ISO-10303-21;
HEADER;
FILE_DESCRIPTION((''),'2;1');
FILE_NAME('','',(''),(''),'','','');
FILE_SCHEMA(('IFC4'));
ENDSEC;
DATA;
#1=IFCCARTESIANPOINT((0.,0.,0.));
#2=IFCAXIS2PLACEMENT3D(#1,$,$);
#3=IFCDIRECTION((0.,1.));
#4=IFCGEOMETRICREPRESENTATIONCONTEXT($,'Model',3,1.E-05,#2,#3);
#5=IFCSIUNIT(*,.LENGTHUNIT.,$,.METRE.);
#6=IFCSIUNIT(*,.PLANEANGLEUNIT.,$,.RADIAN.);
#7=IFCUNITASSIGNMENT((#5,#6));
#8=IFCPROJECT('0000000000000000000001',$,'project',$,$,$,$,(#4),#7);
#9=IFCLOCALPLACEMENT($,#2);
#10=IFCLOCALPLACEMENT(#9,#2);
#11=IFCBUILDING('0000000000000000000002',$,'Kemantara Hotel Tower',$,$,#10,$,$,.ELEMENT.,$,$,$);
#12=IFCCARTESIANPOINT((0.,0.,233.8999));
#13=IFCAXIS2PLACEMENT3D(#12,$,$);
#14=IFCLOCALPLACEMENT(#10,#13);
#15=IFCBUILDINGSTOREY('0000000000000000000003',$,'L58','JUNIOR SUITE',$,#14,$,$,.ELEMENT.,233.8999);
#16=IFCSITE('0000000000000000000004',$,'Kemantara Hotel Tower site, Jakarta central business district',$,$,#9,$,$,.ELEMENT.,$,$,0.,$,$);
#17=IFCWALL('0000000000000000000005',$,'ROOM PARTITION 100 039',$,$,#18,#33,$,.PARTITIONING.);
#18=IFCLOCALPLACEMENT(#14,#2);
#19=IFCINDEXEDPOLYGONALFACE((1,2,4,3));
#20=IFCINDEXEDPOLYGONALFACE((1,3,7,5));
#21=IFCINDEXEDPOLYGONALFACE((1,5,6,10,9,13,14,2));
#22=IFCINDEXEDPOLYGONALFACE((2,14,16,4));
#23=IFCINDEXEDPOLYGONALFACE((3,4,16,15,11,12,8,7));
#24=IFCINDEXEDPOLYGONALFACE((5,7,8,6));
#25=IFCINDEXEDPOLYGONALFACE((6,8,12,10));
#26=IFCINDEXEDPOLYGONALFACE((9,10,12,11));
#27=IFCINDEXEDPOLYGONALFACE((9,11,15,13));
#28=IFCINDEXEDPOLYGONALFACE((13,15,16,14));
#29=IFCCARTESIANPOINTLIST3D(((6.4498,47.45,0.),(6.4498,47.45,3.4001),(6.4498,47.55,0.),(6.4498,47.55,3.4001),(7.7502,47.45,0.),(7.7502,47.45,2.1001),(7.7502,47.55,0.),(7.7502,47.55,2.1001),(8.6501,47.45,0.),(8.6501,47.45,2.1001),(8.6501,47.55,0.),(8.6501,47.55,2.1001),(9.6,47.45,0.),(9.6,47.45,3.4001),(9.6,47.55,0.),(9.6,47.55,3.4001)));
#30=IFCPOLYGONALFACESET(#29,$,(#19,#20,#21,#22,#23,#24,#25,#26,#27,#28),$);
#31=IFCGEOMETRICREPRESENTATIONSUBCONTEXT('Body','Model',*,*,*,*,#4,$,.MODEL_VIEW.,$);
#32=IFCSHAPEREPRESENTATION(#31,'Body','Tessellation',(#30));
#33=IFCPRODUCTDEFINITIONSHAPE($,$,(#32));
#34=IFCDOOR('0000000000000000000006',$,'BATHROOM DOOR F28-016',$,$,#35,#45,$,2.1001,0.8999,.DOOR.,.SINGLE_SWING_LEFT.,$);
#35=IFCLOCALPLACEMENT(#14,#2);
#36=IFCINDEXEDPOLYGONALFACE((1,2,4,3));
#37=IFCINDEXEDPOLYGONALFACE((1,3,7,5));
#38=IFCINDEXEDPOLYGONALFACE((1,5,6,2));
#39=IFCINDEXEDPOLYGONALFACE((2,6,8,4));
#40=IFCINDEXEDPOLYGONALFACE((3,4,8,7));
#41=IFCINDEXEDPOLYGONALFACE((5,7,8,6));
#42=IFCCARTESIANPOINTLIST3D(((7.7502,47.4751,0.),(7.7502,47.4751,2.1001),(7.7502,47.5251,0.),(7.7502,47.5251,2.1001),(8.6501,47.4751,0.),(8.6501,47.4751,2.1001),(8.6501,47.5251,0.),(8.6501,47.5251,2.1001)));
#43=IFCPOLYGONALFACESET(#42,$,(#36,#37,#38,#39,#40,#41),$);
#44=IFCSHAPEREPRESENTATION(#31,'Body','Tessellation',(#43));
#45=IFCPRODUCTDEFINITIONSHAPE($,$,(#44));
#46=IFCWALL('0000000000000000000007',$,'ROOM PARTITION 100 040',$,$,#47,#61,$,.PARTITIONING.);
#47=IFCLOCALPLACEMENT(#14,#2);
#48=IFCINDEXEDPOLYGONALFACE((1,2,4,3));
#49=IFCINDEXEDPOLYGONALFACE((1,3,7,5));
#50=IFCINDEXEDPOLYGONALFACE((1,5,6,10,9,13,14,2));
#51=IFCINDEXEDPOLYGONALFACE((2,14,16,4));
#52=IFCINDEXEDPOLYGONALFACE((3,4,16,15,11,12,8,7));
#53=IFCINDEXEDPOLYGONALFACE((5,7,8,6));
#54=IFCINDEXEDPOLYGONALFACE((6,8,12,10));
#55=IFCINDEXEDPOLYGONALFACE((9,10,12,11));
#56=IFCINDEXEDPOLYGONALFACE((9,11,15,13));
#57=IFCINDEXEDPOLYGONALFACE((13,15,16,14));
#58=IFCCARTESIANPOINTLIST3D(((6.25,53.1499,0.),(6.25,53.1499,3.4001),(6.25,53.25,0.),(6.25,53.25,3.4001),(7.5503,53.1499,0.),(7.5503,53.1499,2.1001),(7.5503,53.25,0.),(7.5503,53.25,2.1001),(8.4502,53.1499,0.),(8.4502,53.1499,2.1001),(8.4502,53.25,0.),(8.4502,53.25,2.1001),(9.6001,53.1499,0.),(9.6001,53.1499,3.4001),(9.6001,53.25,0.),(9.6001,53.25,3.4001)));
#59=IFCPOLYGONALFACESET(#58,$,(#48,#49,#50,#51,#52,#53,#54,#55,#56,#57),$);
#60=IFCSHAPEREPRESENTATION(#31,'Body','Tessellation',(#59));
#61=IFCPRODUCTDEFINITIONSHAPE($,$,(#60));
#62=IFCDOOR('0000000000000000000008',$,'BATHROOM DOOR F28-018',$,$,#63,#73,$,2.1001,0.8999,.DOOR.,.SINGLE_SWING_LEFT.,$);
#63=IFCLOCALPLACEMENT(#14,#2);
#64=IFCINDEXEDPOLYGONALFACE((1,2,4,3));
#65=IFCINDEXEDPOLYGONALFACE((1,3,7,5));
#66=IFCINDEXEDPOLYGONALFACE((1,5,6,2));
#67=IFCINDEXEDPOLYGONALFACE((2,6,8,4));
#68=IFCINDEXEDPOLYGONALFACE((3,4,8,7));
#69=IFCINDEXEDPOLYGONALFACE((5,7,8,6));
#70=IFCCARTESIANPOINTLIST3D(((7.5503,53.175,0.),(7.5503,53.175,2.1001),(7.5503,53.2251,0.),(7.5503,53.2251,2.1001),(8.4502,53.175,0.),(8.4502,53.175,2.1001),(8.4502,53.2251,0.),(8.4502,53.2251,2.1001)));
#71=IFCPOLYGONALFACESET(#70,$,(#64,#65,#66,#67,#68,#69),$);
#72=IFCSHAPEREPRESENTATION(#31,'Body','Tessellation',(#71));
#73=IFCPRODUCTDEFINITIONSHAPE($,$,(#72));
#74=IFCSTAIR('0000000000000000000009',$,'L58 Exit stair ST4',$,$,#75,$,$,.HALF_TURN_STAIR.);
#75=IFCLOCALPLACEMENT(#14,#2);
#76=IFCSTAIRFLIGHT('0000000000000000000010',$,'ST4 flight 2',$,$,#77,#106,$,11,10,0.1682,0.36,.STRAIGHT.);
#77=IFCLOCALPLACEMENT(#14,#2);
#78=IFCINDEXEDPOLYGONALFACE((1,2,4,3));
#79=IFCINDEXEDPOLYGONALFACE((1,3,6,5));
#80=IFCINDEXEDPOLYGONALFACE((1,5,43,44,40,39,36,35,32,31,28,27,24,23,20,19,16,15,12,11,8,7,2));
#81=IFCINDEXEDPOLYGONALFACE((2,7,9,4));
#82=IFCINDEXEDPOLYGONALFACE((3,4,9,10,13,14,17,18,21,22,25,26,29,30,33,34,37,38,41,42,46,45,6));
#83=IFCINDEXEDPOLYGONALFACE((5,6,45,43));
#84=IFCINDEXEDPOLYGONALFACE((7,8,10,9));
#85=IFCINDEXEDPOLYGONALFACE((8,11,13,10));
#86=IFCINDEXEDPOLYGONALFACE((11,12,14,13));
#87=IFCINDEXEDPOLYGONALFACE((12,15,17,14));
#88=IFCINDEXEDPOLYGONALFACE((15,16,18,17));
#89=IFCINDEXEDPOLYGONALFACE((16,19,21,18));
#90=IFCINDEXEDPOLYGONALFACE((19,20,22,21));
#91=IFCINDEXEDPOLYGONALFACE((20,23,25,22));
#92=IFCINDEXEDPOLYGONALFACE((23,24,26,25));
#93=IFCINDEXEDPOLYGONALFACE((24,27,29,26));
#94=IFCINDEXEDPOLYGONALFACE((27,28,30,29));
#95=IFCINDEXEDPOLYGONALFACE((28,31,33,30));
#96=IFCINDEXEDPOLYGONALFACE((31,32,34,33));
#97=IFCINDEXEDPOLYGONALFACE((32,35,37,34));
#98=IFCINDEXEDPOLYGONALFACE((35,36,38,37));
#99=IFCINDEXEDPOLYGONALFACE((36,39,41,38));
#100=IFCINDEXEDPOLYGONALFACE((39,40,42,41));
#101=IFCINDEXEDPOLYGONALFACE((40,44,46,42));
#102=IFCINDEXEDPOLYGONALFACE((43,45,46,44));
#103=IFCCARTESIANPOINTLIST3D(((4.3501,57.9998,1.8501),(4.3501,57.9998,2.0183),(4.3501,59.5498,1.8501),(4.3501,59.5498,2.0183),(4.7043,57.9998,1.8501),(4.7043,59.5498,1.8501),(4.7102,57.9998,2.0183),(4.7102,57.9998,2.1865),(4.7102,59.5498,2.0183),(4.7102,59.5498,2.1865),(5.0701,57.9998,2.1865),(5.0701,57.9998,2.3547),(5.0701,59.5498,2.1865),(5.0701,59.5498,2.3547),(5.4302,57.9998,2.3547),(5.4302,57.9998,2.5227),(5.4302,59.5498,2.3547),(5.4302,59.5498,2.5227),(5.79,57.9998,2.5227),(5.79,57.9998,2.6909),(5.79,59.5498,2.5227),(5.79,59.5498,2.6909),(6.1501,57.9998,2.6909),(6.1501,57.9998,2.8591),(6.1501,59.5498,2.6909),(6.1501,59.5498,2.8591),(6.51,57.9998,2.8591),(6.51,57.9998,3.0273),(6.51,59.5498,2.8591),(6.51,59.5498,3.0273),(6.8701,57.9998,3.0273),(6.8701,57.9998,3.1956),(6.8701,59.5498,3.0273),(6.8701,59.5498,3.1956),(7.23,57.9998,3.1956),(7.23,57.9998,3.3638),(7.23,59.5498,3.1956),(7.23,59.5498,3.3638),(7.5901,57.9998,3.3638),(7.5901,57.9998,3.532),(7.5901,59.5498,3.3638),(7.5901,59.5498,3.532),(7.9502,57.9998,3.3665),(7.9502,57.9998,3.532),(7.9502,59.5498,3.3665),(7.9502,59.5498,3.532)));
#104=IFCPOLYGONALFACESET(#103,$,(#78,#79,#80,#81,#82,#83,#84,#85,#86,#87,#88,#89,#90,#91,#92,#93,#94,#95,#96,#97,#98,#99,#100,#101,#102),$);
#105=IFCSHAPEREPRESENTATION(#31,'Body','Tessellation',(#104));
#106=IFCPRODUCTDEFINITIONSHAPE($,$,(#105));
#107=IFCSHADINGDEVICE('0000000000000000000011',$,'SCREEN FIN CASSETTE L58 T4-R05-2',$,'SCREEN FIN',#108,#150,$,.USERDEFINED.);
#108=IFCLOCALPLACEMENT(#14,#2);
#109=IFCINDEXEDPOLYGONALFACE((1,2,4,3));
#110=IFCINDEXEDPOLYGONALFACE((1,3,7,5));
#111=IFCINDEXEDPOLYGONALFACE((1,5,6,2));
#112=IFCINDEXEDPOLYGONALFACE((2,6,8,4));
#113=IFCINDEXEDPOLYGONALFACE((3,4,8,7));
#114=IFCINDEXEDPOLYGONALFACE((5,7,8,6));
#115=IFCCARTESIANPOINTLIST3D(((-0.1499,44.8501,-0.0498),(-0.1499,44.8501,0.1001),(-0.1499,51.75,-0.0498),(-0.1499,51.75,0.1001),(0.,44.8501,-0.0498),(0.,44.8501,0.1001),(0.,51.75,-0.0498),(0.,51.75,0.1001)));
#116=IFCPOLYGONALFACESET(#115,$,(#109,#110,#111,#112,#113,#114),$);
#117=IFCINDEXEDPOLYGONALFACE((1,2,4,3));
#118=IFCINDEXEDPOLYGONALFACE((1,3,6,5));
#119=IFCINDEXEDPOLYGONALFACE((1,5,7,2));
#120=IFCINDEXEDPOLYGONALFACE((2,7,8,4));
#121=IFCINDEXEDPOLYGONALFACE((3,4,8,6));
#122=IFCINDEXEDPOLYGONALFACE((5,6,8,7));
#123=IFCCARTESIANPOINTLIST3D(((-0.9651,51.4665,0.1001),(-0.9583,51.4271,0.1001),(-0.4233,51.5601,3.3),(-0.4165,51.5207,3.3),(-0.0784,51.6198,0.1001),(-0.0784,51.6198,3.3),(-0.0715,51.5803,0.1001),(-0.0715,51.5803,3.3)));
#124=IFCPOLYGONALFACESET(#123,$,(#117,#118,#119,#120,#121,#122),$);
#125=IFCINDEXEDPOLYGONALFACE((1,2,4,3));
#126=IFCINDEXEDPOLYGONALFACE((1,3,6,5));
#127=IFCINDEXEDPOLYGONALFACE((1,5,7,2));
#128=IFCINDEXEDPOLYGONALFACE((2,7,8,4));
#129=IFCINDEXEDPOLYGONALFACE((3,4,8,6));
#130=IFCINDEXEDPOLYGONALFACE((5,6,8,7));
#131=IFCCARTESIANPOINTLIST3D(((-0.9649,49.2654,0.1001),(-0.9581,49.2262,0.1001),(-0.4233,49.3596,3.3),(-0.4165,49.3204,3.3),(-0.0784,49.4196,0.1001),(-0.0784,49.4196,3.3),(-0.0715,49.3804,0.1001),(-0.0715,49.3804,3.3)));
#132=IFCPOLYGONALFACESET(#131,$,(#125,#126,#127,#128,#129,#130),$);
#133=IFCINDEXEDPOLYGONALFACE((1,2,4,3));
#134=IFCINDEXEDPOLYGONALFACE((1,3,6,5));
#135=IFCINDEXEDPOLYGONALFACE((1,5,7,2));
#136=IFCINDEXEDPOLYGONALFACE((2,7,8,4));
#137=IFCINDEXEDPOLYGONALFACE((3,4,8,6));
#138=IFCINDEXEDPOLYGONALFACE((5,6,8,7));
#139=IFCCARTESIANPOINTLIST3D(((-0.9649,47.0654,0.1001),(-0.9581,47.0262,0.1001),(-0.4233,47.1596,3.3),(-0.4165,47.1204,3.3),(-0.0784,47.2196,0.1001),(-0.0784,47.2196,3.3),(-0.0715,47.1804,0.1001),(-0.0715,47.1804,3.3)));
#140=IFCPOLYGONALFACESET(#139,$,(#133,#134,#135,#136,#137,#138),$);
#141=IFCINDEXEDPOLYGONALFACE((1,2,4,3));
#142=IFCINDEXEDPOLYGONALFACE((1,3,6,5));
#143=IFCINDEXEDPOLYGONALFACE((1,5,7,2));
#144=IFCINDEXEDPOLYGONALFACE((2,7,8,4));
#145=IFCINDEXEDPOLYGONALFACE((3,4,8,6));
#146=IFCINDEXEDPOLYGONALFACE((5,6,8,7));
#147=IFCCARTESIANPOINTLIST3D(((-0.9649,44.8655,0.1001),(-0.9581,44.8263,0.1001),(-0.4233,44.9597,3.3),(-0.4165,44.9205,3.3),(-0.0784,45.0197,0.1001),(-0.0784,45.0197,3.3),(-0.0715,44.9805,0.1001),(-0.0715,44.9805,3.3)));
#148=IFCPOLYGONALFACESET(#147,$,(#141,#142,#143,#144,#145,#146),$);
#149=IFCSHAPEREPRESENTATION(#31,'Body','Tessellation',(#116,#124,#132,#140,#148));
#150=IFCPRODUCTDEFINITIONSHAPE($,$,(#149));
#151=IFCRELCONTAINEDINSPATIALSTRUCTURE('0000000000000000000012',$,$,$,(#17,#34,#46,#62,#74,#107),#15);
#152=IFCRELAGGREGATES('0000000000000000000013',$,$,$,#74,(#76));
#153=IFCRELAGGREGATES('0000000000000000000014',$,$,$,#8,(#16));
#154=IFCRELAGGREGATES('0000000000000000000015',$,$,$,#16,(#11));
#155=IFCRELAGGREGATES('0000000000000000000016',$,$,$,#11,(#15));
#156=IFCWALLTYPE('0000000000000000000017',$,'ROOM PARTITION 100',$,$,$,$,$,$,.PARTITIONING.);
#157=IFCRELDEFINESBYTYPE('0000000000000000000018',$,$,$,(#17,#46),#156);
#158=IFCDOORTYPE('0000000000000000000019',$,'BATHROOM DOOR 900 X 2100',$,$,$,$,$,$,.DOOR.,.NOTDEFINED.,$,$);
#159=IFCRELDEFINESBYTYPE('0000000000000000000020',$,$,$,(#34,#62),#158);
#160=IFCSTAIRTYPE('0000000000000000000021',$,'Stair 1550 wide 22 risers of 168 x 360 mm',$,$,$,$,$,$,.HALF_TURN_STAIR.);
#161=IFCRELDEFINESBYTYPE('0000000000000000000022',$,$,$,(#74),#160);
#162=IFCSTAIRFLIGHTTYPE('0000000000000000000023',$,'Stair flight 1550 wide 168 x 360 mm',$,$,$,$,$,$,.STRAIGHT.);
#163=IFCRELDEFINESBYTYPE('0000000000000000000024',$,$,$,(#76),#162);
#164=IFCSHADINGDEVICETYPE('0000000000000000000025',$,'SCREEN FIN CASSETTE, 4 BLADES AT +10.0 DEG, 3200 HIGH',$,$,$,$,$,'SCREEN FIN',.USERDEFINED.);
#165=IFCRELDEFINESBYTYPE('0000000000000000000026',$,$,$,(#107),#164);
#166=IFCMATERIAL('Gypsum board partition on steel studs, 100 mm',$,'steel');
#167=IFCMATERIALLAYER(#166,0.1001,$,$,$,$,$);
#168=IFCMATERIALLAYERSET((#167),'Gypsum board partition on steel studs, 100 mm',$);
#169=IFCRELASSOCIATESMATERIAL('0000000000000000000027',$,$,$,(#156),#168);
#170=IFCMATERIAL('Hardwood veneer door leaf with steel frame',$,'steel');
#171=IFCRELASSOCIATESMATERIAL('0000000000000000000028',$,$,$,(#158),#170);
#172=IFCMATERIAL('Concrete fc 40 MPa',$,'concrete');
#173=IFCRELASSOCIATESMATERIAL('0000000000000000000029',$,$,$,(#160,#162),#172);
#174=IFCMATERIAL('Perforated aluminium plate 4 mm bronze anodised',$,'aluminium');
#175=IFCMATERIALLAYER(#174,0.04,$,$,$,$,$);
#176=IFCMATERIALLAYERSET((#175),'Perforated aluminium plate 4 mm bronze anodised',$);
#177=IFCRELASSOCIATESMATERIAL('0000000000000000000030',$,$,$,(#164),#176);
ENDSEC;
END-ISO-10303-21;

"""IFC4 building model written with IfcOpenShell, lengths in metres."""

from ifc_helpers import new_model, si_unit, direction, frame, frame_2d, origin, origin_2d, place, context, subcontext, project, spatial, polyline, rectangle, outline, extrude, source, transform, mapped, material, layer, layer_set, type_object, element, fill, aggregate, save


model = new_model("IFC4")

# Units and contexts
model_context = context("Model", 3, precision=1e-05, world=origin(), true_north=direction((0.0, 1.0)))
body_context = subcontext(model_context, "Body", "Model", "MODEL_VIEW")
ifc_project = project(units=[si_unit("LENGTHUNIT", "METRE"), si_unit("PLANEANGLEUNIT", "RADIAN")], contexts=[model_context])

# Site, building, storey
site_placement = place(None, origin())
site = spatial("IfcSite", under=ifc_project, at=site_placement, Name="Kemantara Hotel Tower site, Jakarta central business district", CompositionType="ELEMENT", RefElevation=0.0)
building_placement = place(site_placement, origin())
building = spatial("IfcBuilding", under=site, at=building_placement, Name="Kemantara Hotel Tower", CompositionType="ELEMENT")
storey_placement = place(building_placement, frame((0.0, 0.0, 233.8999)))
storey = spatial("IfcBuildingStorey", under=building, at=storey_placement, Name="L58", Description="JUNIOR SUITE", CompositionType="ELEMENT", Elevation=233.8999)

# Shared definitions
ifc_material_1 = material(Name="Hardwood veneer door leaf with steel frame", Category="steel")
ifc_material_2 = material(Name="Concrete fc 40 MPa", Category="concrete")

# Shared definitions
ifc_material_3 = material(Name="Gypsum board partition on steel studs, 100 mm", Category="steel")
ifc_layer_1 = layer(ifc_material_3, 0.1001)
ifc_layer_set_1 = layer_set([ifc_layer_1], Name="Gypsum board partition on steel studs, 100 mm")
wall_type_1 = type_object("IfcWallType", Name="ROOM PARTITION 100", PredefinedType="PARTITIONING", material=ifc_layer_set_1)

# Walls, openings, doors
wall_1_placement = place(storey_placement, frame((9.6001, 47.5, 0.0), z_axis=(0.0, 0.0, 1.0), x_axis=(-1.0, 0.0, 0.0)))
wall_1 = element("IfcWall", 1, at=wall_1_placement, inside=storey, type_object=wall_type_1, Name="ROOM PARTITION 100 039", PredefinedType="PARTITIONING", context=body_context, shape_type="SweptSolid", body=[
    extrude(rectangle(XDim=3.1501, YDim=0.1001, at=frame_2d((1.5752, 0.0))), origin(), (0.0, 0.0, 1.0), 3.4001),
])
opening_1_placement = place(wall_1_placement, frame((0.95, 0.0, 0.0)))
opening_1 = element("IfcOpeningElement", 2, at=opening_1_placement, cuts=wall_1, PredefinedType="OPENING", context=body_context, shape_type="SweptSolid", body=[
    extrude(rectangle(XDim=0.8999, YDim=2.1001, at=frame_2d((0.45, 1.05))), frame((0.0, 0.0601, 0.0), z_axis=(0.0, -1.0, 0.0), x_axis=(1.0, 0.0, 0.0)), (0.0, 0.0, 1.0), 0.1201),
])
door_type_1 = type_object("IfcDoorType", Name="BATHROOM DOOR 900 X 2100", OperationType="NOTDEFINED", PredefinedType="DOOR", material=ifc_material_1)
door_1_placement = place(opening_1_placement, origin())
door_1 = element("IfcDoor", 3, at=door_1_placement, inside=storey, type_object=door_type_1, Name="BATHROOM DOOR F28-016", OperationType="SINGLE_SWING_LEFT", OverallHeight=2.1001, OverallWidth=0.8999, PredefinedType="DOOR", context=body_context, shape_type="SweptSolid", body=[
    extrude(rectangle(XDim=0.8999, YDim=2.1001, at=frame_2d((0.45, 1.05))), frame((0.0, 0.0249, 0.0), z_axis=(0.0, -1.0, 0.0), x_axis=(1.0, 0.0, 0.0)), (0.0, 0.0, 1.0), 0.05),
])
fill(opening_1, door_1)
wall_2_placement = place(storey_placement, frame((9.6001, 53.2, 0.0), z_axis=(0.0, 0.0, 1.0), x_axis=(-1.0, 0.0, 0.0)))
wall_2 = element("IfcWall", 4, at=wall_2_placement, inside=storey, type_object=wall_type_1, Name="ROOM PARTITION 100 040", PredefinedType="PARTITIONING", context=body_context, shape_type="SweptSolid", body=[
    extrude(rectangle(XDim=3.3501, YDim=0.1001, at=frame_2d((1.675, 0.0))), origin(), (0.0, 0.0, 1.0), 3.4001),
])
opening_2_placement = place(wall_2_placement, frame((1.1499, 0.0, 0.0)))
opening_2 = element("IfcOpeningElement", 5, at=opening_2_placement, cuts=wall_2, PredefinedType="OPENING", context=body_context, shape_type="SweptSolid", body=[
    extrude(rectangle(XDim=0.8999, YDim=2.1001, at=frame_2d((0.45, 1.05))), frame((0.0, 0.0601, 0.0), z_axis=(0.0, -1.0, 0.0), x_axis=(1.0, 0.0, 0.0)), (0.0, 0.0, 1.0), 0.1201),
])
door_2_placement = place(opening_2_placement, origin())
door_2 = element("IfcDoor", 6, at=door_2_placement, inside=storey, type_object=door_type_1, Name="BATHROOM DOOR F28-018", OperationType="SINGLE_SWING_LEFT", OverallHeight=2.1001, OverallWidth=0.8999, PredefinedType="DOOR", context=body_context, shape_type="SweptSolid", body=[
    extrude(rectangle(XDim=0.8999, YDim=2.1001, at=frame_2d((0.45, 1.05))), frame((0.0, 0.0249, 0.0), z_axis=(0.0, -1.0, 0.0), x_axis=(1.0, 0.0, 0.0)), (0.0, 0.0, 1.0), 0.05),
])
fill(opening_2, door_2)

# Stair, stair flight
stair_type = type_object("IfcStairType", Name="Stair 1550 wide 22 risers of 168 x 360 mm", PredefinedType="HALF_TURN_STAIR", material=ifc_material_2)
stair_placement = place(storey_placement, origin())
stair = element("IfcStair", 7, at=stair_placement, inside=storey, type_object=stair_type, Name="L58 Exit stair ST4", PredefinedType="HALF_TURN_STAIR")
stair_flight_type = type_object("IfcStairFlightType", Name="Stair flight 1550 wide 168 x 360 mm", PredefinedType="STRAIGHT", material=ifc_material_2)
stair_flight_placement = place(storey_placement, frame((4.3501, 58.7749, 1.8501), z_axis=(0.0, 0.0, 1.0), x_axis=(1.0, 0.0, 0.0)))
stair_flight = element("IfcStairFlight", 8, at=stair_flight_placement, type_object=stair_flight_type, Name="ST4 flight 2", NumberOfRisers=11, NumberOfTreads=10, PredefinedType="STRAIGHT", RiserHeight=0.1682, TreadLength=0.36, context=body_context, shape_type="SweptSolid", body=[
    extrude(outline(polyline([(0.0, 0.0), (0.0, 0.1682), (0.3601, 0.1682), (0.3601, 0.3364), (0.72, 0.3364), (0.72, 0.5046), (1.0801, 0.5046), (1.0801, 0.6726), (1.4399, 0.6726), (1.4399, 0.8408), (1.8, 0.8408), (1.8, 1.009), (2.1599, 1.009), (2.1599, 1.1772), (2.52, 1.1772), (2.52, 1.3455), (2.8799, 1.3455), (2.8799, 1.5137), (3.24, 1.5137), (3.24, 1.6819), (3.6001, 1.6819), (3.6001, 1.8501), (3.6001, 1.5164), (0.3542, 0.0), (0.0, 0.0)])), frame((0.0, 0.7749, 0.0), z_axis=(0.0, -1.0, 0.0), x_axis=(1.0, 0.0, 0.0)), (0.0, 0.0, 1.0), 1.55),
])
aggregate(stair, [stair_flight])

# Shading device
ifc_material_4 = material(Name="Perforated aluminium plate 4 mm bronze anodised", Category="aluminium")
ifc_layer_2 = layer(ifc_material_4, 0.04)
ifc_layer_set_2 = layer_set([ifc_layer_2], Name="Perforated aluminium plate 4 mm bronze anodised")
shading_device_type_1 = type_object("IfcShadingDeviceType", Name="SCREEN FIN CASSETTE, 4 BLADES AT +10.0 DEG, 3200 HIGH", ElementType="SCREEN FIN", PredefinedType="USERDEFINED", material=ifc_layer_set_2)
shared_shape_1 = source(origin(), body_context, "Body", "SweptSolid", [
    extrude(rectangle(XDim=6.8999, YDim=0.1499, at=origin_2d()), frame((3.3, -0.075, -0.1499), z_axis=(0.0, 0.0, 1.0), x_axis=(1.0, 0.0, 0.0)), (0.0, 0.0, 1.0), 0.1499),
    extrude(outline(polyline([(0.0, 0.0), (0.8999, 0.0), (0.3501, 3.2), (0.0, 3.2), (0.0, 0.0)])), frame((0.0198, -0.0715, 0.0), z_axis=(-0.98539, -0.170314, 0.0), x_axis=(0.170314, -0.98539, 0.0)), (0.0, 0.0, 1.0), 0.04),
    extrude(outline(polyline([(0.0, 0.0), (0.8999, 0.0), (0.3501, 3.2), (0.0, 3.2), (0.0, 0.0)])), frame((2.2197, -0.0715, 0.0), z_axis=(-0.985212, -0.171341, 0.0), x_axis=(0.171341, -0.985212, 0.0)), (0.0, 0.0, 1.0), 0.0398),
    extrude(outline(polyline([(0.0, 0.0), (0.8999, 0.0), (0.3501, 3.2), (0.0, 3.2), (0.0, 0.0)])), frame((4.4197, -0.0715, 0.0), z_axis=(-0.985212, -0.171341, 0.0), x_axis=(0.171341, -0.985212, 0.0)), (0.0, 0.0, 1.0), 0.0398),
    extrude(outline(polyline([(0.0, 0.0), (0.8999, 0.0), (0.3501, 3.2), (0.0, 3.2), (0.0, 0.0)])), frame((6.6196, -0.0715, 0.0), z_axis=(-0.985212, -0.171341, 0.0), x_axis=(0.171341, -0.985212, 0.0)), (0.0, 0.0, 1.0), 0.0398),
])
shading_device_1_placement = place(storey_placement, frame((0.0, 51.6001, 0.1001), z_axis=(0.0, 0.0, 1.0), x_axis=(0.0, -1.0, 0.0)))
element("IfcShadingDevice", 9, at=shading_device_1_placement, inside=storey, type_object=shading_device_type_1, Name="SCREEN FIN CASSETTE L58 T4-R05-2", ObjectType="SCREEN FIN", PredefinedType="USERDEFINED", context=body_context, shape_type="MappedRepresentation", body=[
    mapped(shared_shape_1, transform((0.0, 0.0, 0.0))),
])

save(model, "model.ifc")
